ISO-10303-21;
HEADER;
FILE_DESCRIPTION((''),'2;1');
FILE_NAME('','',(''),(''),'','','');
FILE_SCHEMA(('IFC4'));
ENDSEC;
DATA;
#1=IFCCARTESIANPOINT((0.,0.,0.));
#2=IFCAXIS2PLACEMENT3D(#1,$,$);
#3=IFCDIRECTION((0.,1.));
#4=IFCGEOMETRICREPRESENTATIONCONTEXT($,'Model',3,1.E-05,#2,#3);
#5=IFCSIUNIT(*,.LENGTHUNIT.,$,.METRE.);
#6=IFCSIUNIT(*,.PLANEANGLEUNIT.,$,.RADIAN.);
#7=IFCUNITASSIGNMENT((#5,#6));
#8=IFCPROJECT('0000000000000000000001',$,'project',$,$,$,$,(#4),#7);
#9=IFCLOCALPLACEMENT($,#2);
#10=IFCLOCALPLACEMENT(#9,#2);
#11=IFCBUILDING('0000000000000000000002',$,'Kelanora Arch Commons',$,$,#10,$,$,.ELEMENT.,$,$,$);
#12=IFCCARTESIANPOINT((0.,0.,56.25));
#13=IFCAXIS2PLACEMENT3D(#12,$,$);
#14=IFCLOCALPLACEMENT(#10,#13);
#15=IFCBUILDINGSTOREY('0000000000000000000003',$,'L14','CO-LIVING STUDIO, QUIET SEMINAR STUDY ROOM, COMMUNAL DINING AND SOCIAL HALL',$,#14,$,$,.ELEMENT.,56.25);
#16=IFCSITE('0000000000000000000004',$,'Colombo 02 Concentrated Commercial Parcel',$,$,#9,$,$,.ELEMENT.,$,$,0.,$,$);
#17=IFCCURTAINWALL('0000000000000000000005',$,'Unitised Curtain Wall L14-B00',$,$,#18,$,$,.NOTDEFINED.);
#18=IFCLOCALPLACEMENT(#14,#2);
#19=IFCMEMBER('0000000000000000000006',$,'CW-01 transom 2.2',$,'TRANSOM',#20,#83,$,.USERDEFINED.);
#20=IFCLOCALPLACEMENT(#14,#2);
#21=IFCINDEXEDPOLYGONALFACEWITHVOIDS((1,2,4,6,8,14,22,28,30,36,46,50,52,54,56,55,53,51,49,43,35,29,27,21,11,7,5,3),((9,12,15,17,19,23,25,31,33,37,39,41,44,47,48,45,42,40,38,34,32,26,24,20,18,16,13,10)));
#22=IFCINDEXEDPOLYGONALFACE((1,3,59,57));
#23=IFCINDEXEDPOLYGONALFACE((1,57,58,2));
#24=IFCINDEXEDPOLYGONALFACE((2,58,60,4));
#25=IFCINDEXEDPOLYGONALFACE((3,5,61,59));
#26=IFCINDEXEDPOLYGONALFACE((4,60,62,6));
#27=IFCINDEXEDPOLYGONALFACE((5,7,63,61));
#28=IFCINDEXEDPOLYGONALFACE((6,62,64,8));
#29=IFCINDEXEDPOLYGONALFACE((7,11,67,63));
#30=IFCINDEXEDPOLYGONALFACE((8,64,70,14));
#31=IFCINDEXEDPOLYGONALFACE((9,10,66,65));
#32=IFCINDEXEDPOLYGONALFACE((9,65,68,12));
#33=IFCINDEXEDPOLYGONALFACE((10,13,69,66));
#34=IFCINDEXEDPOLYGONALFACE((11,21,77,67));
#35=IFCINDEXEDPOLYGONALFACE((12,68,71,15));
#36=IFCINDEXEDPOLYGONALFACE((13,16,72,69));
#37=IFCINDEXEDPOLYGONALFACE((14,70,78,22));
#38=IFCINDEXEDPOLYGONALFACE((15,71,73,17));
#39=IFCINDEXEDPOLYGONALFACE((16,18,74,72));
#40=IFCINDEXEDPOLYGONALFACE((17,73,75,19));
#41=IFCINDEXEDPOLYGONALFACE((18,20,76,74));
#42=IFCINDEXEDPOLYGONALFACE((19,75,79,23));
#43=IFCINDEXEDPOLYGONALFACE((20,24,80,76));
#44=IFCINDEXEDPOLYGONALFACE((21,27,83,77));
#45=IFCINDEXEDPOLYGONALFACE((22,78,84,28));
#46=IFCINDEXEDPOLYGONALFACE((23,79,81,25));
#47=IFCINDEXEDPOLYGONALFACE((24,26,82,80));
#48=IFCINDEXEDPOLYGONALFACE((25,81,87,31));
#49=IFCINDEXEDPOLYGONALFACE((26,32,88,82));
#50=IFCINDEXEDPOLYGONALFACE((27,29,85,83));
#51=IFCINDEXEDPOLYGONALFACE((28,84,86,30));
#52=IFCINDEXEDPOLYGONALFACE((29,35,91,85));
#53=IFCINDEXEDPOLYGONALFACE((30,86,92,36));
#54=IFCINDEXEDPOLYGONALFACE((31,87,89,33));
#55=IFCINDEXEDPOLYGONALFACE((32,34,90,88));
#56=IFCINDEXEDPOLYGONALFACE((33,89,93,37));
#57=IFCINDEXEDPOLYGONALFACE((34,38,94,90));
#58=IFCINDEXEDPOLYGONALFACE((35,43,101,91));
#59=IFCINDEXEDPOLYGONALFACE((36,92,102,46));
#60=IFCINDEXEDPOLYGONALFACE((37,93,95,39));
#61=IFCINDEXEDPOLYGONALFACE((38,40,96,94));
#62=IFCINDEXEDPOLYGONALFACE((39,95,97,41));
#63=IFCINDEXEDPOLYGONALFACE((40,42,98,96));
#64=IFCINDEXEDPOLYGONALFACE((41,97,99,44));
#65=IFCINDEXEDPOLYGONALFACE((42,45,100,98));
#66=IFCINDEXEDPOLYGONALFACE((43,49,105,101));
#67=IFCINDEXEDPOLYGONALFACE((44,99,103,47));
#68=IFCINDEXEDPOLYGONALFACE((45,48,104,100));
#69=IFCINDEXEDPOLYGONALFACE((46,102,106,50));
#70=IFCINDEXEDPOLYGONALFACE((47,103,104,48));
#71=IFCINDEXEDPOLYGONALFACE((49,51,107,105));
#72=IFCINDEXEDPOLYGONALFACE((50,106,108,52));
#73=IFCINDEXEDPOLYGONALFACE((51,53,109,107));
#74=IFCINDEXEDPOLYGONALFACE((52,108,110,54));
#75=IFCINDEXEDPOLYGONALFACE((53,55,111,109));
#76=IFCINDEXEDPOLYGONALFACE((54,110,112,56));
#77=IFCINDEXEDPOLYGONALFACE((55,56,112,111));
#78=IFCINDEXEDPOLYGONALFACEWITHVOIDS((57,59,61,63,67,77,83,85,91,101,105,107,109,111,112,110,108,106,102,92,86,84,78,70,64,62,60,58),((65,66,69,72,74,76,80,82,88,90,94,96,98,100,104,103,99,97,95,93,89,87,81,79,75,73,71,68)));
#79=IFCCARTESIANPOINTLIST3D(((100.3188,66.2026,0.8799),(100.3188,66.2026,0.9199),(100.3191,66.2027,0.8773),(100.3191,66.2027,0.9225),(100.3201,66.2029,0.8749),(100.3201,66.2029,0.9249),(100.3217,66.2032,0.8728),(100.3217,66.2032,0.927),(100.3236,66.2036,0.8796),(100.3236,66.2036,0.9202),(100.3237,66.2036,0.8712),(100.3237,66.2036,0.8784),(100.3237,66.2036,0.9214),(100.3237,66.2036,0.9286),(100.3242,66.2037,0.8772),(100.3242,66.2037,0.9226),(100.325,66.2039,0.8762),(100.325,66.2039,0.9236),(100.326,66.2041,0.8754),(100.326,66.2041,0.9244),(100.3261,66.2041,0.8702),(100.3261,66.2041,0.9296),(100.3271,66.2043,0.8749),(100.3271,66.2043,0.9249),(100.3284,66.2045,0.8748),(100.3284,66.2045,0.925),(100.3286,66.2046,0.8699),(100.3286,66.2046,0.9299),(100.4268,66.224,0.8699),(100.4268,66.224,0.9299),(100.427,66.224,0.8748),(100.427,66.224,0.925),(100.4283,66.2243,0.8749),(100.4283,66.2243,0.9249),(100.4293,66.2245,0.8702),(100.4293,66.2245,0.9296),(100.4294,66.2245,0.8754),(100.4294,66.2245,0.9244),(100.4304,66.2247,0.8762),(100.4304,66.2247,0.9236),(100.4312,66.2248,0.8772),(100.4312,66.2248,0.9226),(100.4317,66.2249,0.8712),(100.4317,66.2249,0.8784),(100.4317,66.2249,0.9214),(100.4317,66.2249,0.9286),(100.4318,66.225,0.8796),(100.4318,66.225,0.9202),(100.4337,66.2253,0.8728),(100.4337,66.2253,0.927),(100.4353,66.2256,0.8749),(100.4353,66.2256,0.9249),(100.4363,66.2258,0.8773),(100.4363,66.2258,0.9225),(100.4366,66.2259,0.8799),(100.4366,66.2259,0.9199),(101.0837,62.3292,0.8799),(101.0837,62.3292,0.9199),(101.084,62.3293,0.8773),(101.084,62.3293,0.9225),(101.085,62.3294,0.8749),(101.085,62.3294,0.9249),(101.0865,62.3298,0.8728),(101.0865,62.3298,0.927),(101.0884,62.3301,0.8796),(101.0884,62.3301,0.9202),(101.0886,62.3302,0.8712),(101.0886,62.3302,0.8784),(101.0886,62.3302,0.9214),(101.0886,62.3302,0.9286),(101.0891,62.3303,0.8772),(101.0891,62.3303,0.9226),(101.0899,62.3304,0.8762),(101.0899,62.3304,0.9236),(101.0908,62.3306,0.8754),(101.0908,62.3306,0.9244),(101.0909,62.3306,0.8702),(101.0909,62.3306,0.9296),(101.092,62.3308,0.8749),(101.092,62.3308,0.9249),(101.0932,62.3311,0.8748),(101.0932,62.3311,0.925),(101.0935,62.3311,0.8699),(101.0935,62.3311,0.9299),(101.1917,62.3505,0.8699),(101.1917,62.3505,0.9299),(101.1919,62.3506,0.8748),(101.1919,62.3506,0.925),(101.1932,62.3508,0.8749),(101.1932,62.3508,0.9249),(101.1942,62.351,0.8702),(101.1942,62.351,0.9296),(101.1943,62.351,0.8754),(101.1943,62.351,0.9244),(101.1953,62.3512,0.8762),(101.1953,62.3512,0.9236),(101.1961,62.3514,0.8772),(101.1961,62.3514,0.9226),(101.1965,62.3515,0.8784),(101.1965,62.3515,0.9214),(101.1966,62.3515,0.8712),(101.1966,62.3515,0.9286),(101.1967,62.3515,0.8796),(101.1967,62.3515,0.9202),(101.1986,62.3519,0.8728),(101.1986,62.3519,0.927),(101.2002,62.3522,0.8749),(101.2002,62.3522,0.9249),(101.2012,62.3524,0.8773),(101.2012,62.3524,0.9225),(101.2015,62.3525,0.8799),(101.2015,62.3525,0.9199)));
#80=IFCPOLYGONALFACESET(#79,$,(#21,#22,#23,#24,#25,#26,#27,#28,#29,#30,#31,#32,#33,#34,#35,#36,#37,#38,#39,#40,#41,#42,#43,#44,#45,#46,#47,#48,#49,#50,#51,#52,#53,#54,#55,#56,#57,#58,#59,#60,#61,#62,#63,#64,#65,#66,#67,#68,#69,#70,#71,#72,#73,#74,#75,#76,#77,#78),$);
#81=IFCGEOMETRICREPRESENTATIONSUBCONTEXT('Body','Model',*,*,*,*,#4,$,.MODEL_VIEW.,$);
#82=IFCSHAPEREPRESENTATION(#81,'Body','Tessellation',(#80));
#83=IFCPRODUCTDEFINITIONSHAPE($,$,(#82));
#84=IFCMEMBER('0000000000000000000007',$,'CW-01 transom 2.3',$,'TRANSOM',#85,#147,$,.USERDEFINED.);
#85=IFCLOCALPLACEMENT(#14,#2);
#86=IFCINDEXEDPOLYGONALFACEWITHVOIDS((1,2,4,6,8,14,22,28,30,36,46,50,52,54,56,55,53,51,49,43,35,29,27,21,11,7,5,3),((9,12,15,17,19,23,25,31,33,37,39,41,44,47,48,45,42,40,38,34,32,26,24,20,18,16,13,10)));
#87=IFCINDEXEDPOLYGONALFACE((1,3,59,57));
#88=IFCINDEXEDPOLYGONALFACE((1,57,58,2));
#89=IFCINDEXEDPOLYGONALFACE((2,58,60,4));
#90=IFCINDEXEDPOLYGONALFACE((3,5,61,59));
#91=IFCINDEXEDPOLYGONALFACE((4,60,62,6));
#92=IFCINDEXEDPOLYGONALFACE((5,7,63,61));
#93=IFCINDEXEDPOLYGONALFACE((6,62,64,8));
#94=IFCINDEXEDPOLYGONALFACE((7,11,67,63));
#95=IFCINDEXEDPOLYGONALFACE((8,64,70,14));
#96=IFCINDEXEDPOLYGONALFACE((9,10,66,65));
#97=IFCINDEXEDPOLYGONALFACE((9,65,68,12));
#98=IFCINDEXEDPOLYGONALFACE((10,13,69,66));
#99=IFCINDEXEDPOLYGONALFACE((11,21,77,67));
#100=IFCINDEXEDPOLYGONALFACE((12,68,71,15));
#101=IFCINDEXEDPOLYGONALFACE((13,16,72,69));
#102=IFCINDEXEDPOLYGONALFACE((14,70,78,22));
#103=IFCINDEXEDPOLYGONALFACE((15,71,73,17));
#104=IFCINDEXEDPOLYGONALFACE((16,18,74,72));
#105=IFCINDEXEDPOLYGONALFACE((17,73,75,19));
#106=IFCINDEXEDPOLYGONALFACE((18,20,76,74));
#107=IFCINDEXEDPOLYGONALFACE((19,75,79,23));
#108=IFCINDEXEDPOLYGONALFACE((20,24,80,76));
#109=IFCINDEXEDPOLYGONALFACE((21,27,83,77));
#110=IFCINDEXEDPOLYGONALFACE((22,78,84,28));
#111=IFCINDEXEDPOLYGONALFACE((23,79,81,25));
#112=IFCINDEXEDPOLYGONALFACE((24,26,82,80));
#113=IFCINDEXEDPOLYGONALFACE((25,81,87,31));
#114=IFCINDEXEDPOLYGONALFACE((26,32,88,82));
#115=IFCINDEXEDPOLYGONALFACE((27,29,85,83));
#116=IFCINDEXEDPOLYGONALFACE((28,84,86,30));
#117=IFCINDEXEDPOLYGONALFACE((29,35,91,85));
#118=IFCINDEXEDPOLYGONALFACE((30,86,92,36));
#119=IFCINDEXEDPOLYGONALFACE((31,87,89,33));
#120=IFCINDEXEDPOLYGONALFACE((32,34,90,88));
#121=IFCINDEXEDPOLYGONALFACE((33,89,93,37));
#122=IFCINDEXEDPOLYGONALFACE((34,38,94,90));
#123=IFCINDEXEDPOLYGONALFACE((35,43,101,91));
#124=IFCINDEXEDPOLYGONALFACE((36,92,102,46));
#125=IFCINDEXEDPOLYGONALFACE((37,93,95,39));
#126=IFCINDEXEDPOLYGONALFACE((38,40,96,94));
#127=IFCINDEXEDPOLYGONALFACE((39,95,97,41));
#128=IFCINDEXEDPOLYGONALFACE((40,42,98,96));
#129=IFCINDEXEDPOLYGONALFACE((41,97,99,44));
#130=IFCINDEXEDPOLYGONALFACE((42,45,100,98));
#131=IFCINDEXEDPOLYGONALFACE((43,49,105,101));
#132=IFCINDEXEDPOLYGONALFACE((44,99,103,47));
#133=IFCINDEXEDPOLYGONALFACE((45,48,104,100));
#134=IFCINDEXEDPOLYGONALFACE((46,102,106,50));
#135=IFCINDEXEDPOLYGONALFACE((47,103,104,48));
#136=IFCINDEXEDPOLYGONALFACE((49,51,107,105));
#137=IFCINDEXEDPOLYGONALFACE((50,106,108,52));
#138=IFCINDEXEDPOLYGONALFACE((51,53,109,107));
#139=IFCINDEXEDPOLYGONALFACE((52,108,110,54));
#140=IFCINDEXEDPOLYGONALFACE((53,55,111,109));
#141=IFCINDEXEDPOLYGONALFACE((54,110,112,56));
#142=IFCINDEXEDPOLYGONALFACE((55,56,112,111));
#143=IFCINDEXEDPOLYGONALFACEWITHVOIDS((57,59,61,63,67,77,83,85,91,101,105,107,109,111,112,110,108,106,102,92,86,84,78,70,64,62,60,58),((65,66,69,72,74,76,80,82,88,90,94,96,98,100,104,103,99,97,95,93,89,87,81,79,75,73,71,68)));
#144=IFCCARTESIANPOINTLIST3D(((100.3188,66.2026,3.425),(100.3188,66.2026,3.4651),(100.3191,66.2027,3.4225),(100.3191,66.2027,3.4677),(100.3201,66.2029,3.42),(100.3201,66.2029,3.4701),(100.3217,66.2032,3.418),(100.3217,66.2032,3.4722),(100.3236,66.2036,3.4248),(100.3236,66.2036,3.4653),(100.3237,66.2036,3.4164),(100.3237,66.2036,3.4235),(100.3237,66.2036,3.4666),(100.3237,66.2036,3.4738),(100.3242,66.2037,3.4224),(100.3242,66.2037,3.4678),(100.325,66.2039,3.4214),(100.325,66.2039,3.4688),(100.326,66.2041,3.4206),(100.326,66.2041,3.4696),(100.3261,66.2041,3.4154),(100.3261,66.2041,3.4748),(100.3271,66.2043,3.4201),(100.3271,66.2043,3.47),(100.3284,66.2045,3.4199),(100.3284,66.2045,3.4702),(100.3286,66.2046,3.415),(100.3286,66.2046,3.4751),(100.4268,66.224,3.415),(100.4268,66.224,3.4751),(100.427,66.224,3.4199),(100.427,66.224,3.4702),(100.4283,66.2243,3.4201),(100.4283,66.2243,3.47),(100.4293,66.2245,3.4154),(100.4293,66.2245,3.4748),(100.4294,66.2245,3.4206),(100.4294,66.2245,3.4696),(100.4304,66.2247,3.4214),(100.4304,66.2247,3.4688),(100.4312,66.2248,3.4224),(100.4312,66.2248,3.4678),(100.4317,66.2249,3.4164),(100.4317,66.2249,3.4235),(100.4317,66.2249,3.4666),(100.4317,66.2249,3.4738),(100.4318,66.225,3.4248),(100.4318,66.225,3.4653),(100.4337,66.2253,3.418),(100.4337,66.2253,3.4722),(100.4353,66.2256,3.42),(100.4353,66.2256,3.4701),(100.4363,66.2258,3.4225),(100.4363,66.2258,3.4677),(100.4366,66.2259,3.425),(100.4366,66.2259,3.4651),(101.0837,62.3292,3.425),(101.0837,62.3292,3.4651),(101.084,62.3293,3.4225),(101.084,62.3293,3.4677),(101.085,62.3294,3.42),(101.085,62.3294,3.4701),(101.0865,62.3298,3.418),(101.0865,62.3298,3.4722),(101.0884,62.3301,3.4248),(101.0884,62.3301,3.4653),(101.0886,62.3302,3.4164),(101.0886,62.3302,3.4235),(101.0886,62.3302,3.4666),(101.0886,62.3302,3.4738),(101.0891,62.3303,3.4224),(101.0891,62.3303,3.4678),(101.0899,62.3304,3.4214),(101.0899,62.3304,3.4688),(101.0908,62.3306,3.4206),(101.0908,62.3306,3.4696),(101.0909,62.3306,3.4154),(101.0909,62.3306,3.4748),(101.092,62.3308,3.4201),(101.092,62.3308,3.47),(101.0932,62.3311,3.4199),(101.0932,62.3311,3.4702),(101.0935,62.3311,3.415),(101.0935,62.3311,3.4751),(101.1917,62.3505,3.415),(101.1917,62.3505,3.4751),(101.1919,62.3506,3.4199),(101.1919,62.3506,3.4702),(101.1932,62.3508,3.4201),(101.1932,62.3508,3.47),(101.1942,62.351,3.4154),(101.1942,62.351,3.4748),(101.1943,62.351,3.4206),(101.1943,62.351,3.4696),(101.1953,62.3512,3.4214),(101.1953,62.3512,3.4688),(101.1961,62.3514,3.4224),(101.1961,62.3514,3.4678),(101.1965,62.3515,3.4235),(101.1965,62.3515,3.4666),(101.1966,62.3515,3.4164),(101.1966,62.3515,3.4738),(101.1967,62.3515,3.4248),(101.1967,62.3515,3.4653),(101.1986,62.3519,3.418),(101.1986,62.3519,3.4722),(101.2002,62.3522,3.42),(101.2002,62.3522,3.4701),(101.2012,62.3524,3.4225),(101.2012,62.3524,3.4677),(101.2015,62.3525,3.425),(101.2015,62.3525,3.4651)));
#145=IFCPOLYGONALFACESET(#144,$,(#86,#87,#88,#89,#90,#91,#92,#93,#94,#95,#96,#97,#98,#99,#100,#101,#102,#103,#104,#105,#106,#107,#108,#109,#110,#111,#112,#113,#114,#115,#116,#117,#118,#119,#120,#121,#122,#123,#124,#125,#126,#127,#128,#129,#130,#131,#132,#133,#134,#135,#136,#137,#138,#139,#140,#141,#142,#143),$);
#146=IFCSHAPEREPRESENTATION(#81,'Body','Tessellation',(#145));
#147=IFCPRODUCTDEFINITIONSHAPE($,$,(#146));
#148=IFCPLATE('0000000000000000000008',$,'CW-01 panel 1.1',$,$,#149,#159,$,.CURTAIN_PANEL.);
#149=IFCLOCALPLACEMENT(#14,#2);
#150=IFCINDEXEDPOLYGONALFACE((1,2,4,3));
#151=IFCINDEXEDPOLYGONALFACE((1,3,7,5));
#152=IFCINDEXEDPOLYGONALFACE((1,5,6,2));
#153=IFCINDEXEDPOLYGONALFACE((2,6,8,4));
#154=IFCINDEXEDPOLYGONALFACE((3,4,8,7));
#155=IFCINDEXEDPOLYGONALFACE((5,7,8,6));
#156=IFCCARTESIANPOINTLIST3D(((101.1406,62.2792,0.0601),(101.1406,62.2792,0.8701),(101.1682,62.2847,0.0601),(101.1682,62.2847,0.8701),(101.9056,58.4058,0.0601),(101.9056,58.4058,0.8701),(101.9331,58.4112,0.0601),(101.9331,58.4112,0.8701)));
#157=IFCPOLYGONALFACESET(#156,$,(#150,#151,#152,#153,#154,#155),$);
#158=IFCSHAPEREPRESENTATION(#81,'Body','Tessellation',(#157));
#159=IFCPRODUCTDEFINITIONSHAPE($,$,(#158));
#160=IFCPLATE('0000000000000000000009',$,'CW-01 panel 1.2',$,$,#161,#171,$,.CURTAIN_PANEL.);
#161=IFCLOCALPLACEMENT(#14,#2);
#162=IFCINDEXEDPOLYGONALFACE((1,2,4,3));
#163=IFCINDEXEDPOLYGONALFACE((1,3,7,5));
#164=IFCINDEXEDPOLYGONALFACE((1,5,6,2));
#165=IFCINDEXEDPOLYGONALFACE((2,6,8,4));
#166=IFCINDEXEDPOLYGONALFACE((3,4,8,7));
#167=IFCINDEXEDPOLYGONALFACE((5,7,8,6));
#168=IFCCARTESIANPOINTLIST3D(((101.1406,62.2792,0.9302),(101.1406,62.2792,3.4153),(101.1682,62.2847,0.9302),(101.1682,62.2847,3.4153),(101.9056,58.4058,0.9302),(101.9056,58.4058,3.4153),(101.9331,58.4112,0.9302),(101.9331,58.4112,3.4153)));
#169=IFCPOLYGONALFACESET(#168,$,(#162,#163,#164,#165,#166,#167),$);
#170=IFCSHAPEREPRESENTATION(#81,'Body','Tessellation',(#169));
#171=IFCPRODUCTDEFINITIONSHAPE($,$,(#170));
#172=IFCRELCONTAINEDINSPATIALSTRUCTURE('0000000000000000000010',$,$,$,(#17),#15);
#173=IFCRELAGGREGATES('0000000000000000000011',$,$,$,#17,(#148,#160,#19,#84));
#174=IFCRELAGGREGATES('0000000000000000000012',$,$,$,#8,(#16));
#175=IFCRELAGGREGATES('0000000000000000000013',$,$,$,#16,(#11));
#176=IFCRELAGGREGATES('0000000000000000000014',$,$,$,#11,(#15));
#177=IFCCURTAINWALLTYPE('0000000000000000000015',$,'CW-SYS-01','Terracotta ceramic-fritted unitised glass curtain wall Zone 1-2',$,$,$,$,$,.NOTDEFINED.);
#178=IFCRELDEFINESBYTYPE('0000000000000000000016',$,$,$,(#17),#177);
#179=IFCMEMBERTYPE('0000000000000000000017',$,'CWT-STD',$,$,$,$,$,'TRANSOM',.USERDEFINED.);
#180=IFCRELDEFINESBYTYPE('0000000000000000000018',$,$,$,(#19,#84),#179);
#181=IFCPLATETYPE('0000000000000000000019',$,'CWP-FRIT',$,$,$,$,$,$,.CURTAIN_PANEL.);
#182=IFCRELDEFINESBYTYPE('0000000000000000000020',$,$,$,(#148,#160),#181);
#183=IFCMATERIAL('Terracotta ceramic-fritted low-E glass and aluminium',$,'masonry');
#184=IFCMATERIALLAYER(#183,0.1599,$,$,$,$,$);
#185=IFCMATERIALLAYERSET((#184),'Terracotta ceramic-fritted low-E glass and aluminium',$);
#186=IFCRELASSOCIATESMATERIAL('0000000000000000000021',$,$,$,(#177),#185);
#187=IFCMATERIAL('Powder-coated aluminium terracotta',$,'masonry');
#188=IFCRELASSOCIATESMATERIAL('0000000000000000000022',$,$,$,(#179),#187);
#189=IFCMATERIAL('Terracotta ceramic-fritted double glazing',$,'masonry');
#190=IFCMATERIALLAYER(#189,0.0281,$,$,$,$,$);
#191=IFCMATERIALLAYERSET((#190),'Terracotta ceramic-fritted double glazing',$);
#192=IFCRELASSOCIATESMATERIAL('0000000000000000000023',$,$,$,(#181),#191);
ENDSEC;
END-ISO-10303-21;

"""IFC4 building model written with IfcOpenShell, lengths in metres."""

from ifc_helpers import new_model, si_unit, direction, frame, origin, origin_2d, place, context, subcontext, project, spatial, rectangle, hollow_rectangle, extrude, source, transform, mapped, material, layer, layer_set, material_profile, profile_set, type_object, element, aggregate, save


model = new_model("IFC4")

# Units and contexts
model_context = context("Model", 3, precision=1e-05, world=origin(), true_north=direction((0.0, 1.0)))
body_context = subcontext(model_context, "Body", "Model", "MODEL_VIEW")
ifc_project = project(units=[si_unit("LENGTHUNIT", "METRE"), si_unit("PLANEANGLEUNIT", "RADIAN")], contexts=[model_context])

# Site, building, storey
site_placement = place(None, origin())
site = spatial("IfcSite", under=ifc_project, at=site_placement, Name="Colombo 02 Concentrated Commercial Parcel", CompositionType="ELEMENT", RefElevation=0.0)
building_placement = place(site_placement, origin())
building = spatial("IfcBuilding", under=site, at=building_placement, Name="Kelanora Arch Commons", CompositionType="ELEMENT")
storey_placement = place(building_placement, frame((0.0, 0.0, 56.25)))
storey = spatial("IfcBuildingStorey", under=building, at=storey_placement, Name="L14", Description="CO-LIVING STUDIO, QUIET SEMINAR STUDY ROOM, COMMUNAL DINING AND SOCIAL HALL", CompositionType="ELEMENT", Elevation=56.25)

# Curtain wall, members, plates
ifc_material_1 = material(Name="Terracotta ceramic-fritted low-E glass and aluminium", Category="masonry")
ifc_layer_1 = layer(ifc_material_1, 0.1599)
ifc_layer_set_1 = layer_set([ifc_layer_1], Name="Terracotta ceramic-fritted low-E glass and aluminium")
curtain_wall_type = type_object("IfcCurtainWallType", Name="CW-SYS-01", Description="Terracotta ceramic-fritted unitised glass curtain wall Zone 1-2", PredefinedType="NOTDEFINED", material=ifc_layer_set_1)
curtain_wall_placement = place(storey_placement, origin())
curtain_wall = element("IfcCurtainWall", 1, at=curtain_wall_placement, inside=storey, type_object=curtain_wall_type, Name="Unitised Curtain Wall L14-B00", PredefinedType="NOTDEFINED")
ifc_material_2 = material(Name="Powder-coated aluminium terracotta", Category="masonry")
ifc_material_profile_1 = material_profile(ifc_material_2, hollow_rectangle(XDim=0.1201, YDim=0.0601, WallThickness=0.0049, InnerFilletRadius=0.0049, OuterFilletRadius=0.01, at=origin_2d()), Name="CWT120x60")
ifc_profile_set_1 = profile_set([ifc_material_profile_1], Name="Powder-coated aluminium terracotta")
member_type_1 = type_object("IfcMemberType", Name="CWT-STD", ElementType="TRANSOM", PredefinedType="USERDEFINED", material=ifc_profile_set_1)
member_1_placement = place(storey_placement, frame((101.1426, 62.3408, 0.8999), z_axis=(-0.193725, 0.981056, 0.0), x_axis=(-0.981056, -0.193725, 0.0)))
member_1 = element("IfcMember", 2, at=member_1_placement, type_object=member_type_1, Name="CW-01 transom 2.2", ObjectType="TRANSOM", PredefinedType="USERDEFINED", context=body_context, shape_type="SweptSolid", body=[
    extrude(hollow_rectangle(XDim=0.1201, YDim=0.0601, WallThickness=0.0049, InnerFilletRadius=0.0049, OuterFilletRadius=0.01, at=origin_2d()), origin(), (0.0, 0.0, 1.0), 3.9482),
])
member_2_placement = place(storey_placement, frame((101.1426, 62.3408, 3.4451), z_axis=(-0.193725, 0.981056, 0.0), x_axis=(-0.981056, -0.193725, 0.0)))
member_2 = element("IfcMember", 3, at=member_2_placement, type_object=member_type_1, Name="CW-01 transom 2.3", ObjectType="TRANSOM", PredefinedType="USERDEFINED", context=body_context, shape_type="SweptSolid", body=[
    extrude(hollow_rectangle(XDim=0.1201, YDim=0.0601, WallThickness=0.0049, InnerFilletRadius=0.0049, OuterFilletRadius=0.01, at=origin_2d()), origin(), (0.0, 0.0, 1.0), 3.9482),
])
ifc_material_3 = material(Name="Terracotta ceramic-fritted double glazing", Category="masonry")
ifc_layer_2 = layer(ifc_material_3, 0.0281)
ifc_layer_set_2 = layer_set([ifc_layer_2], Name="Terracotta ceramic-fritted double glazing")
plate_type = type_object("IfcPlateType", Name="CWP-FRIT", PredefinedType="CURTAIN_PANEL", material=ifc_layer_set_2)
shared_shape_1 = source(origin(), body_context, "Body", "SweptSolid", [
    extrude(rectangle(XDim=3.9482, YDim=0.0281, at=origin_2d()), origin(), (0.0, 0.0, 1.0), 0.8101),
])
plate_1_placement = place(storey_placement, frame((101.5369, 60.3452, 0.0601), z_axis=(0.0, 0.0, 1.0), x_axis=(-0.193744, 0.981052, 0.0)))
plate_1 = element("IfcPlate", 4, at=plate_1_placement, type_object=plate_type, Name="CW-01 panel 1.1", PredefinedType="CURTAIN_PANEL", context=body_context, shape_type="MappedRepresentation", body=[
    mapped(shared_shape_1, transform((0.0, 0.0, 0.0), scale=1.0)),
])
shared_shape_2 = source(origin(), body_context, "Body", "SweptSolid", [
    extrude(rectangle(XDim=3.9482, YDim=0.0281, at=origin_2d()), origin(), (0.0, 0.0, 1.0), 2.4851),
])
plate_2_placement = place(storey_placement, frame((101.5369, 60.3452, 0.9302), z_axis=(0.0, 0.0, 1.0), x_axis=(-0.193744, 0.981052, 0.0)))
plate_2 = element("IfcPlate", 5, at=plate_2_placement, type_object=plate_type, Name="CW-01 panel 1.2", PredefinedType="CURTAIN_PANEL", context=body_context, shape_type="MappedRepresentation", body=[
    mapped(shared_shape_2, transform((0.0, 0.0, 0.0), scale=1.0)),
])
aggregate(curtain_wall, [plate_1, plate_2, member_1, member_2])

save(model, "model.ifc")
